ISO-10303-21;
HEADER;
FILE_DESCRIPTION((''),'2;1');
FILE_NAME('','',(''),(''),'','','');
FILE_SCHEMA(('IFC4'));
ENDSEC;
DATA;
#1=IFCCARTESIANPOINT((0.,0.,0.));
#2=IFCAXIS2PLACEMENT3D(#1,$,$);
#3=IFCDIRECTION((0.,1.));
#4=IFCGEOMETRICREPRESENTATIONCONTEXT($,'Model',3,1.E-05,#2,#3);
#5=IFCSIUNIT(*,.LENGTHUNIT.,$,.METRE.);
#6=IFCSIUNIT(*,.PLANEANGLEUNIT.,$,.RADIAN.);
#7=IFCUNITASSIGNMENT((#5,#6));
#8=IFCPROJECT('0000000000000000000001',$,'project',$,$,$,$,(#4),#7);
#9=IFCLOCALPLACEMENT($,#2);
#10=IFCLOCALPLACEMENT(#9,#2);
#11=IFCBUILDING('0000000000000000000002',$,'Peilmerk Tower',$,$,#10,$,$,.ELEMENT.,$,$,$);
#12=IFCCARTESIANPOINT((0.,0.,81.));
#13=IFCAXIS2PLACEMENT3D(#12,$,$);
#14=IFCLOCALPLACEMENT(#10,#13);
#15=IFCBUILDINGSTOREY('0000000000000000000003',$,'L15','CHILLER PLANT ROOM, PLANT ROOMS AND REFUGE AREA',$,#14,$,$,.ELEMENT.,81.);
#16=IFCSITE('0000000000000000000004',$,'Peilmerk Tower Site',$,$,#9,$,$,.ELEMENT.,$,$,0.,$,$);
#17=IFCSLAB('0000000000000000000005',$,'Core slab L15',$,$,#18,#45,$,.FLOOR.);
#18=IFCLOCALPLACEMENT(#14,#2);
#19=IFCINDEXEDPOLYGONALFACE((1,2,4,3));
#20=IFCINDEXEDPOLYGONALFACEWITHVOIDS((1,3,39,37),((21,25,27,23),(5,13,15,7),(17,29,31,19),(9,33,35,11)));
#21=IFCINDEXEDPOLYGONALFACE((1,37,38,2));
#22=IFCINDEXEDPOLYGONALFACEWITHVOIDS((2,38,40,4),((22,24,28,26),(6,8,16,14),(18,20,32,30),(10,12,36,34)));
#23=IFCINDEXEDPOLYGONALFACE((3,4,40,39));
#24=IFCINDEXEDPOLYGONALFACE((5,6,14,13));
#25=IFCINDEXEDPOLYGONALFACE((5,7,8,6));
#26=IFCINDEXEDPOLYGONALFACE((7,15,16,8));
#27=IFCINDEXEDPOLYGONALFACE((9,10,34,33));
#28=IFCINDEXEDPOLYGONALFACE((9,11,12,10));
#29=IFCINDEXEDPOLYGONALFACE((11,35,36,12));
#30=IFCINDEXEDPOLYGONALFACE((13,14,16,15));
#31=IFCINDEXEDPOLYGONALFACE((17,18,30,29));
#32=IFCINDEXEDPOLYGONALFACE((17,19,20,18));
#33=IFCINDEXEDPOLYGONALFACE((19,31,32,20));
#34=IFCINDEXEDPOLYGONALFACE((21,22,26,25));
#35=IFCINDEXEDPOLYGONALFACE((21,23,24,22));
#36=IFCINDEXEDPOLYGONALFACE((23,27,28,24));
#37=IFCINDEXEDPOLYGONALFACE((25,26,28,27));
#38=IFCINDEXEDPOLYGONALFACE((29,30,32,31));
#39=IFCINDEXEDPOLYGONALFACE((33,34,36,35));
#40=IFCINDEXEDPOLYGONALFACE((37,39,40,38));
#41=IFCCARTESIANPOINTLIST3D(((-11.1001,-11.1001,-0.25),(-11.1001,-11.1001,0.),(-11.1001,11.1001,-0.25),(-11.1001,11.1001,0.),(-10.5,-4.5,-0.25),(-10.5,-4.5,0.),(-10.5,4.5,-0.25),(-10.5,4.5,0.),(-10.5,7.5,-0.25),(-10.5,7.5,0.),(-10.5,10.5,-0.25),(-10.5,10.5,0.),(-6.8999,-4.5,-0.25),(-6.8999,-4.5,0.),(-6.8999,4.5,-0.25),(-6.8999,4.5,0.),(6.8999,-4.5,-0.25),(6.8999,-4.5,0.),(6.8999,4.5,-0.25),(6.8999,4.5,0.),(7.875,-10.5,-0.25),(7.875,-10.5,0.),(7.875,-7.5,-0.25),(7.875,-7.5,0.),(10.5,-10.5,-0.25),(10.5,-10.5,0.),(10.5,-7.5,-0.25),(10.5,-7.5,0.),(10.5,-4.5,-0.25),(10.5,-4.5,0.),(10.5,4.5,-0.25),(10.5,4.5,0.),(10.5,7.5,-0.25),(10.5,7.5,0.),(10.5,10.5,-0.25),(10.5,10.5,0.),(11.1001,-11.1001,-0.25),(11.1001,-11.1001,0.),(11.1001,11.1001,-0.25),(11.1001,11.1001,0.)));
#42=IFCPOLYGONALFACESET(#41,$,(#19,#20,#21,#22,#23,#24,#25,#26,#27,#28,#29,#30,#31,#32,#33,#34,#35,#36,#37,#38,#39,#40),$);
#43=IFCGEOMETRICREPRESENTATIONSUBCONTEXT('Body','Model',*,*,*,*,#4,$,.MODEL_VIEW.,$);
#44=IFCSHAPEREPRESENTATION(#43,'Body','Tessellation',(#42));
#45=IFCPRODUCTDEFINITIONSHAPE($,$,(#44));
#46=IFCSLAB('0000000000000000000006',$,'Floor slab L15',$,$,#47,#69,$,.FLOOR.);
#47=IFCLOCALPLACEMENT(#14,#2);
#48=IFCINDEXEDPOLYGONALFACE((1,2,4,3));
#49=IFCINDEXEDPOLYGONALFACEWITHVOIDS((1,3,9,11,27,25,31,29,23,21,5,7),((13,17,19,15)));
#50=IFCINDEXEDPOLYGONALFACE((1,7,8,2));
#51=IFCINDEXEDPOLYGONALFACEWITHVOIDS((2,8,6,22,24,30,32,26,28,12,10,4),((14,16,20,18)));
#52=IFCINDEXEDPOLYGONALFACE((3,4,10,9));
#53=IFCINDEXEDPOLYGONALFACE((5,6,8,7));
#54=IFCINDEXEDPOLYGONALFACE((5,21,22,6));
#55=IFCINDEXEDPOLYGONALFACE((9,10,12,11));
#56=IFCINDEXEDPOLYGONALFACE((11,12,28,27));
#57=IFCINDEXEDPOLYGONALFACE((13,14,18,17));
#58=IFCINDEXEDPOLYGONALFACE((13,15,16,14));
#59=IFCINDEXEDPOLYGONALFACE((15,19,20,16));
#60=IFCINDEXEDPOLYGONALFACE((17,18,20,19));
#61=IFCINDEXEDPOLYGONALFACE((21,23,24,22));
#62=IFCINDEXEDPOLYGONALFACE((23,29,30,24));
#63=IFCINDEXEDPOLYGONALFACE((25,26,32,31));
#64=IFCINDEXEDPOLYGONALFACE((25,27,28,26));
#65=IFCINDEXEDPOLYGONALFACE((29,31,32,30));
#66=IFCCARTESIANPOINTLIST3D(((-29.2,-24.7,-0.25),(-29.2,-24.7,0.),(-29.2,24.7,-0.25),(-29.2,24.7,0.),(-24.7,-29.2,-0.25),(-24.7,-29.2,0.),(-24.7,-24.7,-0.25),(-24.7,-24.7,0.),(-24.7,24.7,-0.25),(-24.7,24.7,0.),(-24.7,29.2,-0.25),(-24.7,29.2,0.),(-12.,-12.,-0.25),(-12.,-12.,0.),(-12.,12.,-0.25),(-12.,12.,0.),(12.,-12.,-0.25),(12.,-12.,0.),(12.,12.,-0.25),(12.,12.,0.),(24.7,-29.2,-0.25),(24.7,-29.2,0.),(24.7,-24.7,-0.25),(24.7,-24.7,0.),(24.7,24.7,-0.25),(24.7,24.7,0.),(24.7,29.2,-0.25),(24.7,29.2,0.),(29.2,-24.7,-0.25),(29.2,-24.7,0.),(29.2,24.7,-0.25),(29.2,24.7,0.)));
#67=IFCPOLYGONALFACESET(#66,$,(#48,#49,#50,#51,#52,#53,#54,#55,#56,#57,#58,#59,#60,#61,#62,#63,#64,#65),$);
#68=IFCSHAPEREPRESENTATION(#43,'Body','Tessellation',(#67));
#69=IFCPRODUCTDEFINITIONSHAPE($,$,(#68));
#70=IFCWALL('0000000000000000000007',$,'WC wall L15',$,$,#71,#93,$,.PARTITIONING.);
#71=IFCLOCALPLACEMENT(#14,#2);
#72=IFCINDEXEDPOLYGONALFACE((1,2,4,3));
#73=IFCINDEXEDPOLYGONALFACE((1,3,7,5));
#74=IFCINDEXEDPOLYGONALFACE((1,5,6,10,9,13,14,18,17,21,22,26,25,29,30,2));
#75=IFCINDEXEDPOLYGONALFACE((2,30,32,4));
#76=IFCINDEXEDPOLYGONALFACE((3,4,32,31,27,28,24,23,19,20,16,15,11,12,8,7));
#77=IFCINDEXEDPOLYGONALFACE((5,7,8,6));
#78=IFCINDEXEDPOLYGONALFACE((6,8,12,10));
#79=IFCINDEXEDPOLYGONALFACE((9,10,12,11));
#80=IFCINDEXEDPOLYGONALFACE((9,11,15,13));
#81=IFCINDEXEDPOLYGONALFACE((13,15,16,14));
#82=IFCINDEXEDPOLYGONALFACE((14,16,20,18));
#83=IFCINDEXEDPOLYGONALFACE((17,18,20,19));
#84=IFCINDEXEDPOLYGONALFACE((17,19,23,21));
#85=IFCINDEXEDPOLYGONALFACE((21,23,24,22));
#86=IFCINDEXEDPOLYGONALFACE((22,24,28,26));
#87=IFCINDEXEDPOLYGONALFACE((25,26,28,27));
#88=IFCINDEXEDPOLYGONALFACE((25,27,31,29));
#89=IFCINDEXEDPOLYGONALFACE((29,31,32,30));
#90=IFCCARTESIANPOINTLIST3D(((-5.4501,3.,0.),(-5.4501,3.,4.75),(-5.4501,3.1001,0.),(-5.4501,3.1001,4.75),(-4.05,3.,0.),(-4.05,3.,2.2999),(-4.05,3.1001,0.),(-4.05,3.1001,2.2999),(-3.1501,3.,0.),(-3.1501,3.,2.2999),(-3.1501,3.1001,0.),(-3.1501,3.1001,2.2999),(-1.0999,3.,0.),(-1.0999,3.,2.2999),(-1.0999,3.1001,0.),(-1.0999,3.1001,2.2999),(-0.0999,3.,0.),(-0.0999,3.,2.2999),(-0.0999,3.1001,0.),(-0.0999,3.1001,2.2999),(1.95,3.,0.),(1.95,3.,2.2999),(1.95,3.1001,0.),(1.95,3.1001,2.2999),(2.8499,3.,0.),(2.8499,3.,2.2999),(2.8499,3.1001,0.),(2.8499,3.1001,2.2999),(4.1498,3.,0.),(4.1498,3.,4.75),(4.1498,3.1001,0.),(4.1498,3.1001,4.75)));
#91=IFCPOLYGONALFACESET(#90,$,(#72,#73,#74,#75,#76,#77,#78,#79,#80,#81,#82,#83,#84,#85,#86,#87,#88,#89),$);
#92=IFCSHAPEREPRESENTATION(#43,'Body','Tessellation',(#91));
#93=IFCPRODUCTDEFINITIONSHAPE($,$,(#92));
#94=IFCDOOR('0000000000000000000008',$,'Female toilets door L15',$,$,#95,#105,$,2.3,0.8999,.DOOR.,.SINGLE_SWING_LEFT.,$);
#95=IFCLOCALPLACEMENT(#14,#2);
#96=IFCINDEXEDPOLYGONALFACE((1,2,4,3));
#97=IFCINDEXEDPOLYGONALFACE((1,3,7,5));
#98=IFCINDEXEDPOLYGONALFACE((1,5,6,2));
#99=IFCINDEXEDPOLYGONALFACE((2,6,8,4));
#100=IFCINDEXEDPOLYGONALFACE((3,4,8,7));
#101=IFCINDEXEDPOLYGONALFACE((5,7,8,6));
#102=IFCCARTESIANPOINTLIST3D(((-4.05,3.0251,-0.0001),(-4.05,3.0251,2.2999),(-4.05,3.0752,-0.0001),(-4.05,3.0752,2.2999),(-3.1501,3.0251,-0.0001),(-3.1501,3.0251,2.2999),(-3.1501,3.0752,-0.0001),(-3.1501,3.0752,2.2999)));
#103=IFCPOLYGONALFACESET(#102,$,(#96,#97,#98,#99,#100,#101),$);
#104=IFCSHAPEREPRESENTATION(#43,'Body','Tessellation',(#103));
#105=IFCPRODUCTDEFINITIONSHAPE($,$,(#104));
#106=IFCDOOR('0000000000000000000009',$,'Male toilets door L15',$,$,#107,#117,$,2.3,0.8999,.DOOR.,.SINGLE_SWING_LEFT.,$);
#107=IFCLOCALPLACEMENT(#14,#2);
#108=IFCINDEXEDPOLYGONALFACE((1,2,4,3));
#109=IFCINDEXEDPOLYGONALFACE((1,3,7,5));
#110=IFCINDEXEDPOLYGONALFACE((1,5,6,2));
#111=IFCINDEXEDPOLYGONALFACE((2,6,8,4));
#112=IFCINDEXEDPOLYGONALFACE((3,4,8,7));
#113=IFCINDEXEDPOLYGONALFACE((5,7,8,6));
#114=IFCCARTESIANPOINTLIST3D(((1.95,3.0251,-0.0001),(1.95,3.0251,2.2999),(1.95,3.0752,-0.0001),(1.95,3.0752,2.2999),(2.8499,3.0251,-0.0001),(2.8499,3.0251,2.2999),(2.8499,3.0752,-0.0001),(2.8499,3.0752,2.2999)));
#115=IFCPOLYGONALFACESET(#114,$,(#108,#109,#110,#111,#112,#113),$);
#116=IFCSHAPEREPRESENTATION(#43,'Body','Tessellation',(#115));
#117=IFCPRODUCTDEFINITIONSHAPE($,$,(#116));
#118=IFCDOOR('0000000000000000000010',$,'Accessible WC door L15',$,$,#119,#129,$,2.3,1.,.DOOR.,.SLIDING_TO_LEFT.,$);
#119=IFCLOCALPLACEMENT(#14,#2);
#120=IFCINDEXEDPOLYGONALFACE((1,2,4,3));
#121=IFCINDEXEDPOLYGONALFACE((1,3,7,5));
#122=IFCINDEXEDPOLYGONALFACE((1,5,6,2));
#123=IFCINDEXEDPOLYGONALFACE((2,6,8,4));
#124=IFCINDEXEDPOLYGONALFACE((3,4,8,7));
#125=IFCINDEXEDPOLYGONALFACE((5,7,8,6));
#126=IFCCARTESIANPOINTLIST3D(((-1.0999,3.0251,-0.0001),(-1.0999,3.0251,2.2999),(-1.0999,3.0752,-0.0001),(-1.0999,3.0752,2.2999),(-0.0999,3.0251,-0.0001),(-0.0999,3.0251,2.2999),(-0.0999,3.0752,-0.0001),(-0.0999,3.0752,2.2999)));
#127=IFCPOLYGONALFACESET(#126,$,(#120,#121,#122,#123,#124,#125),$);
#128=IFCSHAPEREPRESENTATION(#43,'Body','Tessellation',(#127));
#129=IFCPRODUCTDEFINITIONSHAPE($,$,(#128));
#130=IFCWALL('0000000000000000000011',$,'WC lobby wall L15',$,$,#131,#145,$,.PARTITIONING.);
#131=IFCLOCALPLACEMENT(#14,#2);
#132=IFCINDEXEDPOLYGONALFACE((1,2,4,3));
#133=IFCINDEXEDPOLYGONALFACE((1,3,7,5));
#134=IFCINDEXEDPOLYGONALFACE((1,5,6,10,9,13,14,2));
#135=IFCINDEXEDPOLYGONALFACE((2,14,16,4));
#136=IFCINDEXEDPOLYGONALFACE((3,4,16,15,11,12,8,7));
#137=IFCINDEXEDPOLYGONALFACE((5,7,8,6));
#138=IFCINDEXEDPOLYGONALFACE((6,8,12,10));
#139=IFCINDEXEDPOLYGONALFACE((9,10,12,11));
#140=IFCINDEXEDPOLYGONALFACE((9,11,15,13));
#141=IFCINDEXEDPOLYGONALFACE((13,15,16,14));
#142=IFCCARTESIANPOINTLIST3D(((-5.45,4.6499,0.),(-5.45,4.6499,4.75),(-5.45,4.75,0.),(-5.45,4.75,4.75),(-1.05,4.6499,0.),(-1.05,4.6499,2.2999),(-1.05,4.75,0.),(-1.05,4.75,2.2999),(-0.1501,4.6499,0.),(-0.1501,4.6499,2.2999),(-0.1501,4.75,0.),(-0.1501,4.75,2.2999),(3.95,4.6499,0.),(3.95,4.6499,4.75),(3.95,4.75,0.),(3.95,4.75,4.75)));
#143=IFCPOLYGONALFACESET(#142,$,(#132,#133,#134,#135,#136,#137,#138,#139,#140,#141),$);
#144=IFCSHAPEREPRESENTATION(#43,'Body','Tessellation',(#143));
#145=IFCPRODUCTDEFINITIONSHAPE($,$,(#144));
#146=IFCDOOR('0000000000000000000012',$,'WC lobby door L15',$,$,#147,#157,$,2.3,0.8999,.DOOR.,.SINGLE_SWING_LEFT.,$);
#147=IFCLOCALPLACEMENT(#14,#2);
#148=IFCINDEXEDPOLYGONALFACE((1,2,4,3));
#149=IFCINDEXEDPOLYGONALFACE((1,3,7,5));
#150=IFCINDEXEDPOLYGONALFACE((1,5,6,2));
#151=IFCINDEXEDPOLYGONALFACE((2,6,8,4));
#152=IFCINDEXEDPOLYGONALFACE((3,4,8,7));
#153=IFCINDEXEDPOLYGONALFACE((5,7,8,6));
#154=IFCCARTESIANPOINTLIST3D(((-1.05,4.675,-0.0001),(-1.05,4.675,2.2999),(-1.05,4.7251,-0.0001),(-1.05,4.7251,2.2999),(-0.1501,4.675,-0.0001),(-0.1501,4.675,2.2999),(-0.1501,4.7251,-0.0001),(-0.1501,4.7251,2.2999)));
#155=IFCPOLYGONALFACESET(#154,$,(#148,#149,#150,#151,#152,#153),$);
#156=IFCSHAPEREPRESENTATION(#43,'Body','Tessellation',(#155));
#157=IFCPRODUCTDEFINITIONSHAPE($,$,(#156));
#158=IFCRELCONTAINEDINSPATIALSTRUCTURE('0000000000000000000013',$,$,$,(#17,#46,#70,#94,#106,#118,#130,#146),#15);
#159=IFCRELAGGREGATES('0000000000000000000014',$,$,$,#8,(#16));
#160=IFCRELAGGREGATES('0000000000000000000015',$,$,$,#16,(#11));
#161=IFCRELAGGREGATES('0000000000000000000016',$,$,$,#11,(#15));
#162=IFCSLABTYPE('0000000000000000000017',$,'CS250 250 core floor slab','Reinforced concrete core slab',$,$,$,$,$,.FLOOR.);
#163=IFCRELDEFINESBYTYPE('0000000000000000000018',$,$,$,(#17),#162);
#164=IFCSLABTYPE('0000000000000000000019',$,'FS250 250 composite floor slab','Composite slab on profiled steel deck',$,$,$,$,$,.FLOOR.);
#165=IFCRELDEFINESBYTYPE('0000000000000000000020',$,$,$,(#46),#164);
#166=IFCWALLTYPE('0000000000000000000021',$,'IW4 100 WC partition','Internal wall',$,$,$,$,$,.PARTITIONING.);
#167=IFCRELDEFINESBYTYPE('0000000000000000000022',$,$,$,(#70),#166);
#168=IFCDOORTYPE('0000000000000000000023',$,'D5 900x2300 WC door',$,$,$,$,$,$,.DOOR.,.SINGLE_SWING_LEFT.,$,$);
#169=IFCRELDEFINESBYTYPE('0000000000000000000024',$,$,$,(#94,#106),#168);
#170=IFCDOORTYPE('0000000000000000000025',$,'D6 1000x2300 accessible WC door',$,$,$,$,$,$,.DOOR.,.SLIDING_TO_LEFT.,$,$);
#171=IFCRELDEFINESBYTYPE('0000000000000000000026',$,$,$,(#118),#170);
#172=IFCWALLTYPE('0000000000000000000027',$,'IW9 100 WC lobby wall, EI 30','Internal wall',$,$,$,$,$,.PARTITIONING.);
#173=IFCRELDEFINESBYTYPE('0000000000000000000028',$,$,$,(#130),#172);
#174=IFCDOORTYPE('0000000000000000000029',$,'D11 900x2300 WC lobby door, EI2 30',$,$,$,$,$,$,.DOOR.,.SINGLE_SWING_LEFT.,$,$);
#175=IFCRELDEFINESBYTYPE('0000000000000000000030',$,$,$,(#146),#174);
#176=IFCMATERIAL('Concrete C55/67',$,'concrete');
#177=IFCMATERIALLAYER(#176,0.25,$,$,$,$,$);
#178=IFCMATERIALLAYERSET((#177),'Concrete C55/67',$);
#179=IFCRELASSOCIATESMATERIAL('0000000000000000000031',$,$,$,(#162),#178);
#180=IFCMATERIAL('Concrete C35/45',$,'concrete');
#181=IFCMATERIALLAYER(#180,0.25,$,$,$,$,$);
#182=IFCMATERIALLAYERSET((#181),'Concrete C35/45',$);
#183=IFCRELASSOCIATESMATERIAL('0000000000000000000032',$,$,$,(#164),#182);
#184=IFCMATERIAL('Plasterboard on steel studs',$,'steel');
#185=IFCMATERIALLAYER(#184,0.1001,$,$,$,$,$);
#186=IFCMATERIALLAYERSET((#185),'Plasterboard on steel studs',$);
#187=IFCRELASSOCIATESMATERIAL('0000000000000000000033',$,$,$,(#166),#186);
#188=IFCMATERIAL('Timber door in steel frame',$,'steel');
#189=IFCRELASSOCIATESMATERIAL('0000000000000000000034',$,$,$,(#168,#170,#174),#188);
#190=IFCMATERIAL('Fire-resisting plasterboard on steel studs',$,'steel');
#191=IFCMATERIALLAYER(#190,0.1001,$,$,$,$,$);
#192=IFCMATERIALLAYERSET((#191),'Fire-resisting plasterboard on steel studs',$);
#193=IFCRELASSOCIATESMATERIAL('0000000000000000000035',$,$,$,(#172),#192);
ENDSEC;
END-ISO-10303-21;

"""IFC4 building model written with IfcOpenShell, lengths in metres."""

from ifc_helpers import new_model, si_unit, direction, frame, frame_2d, origin, place, context, subcontext, project, spatial, polyline, rectangle, outline, extrude, material, layer, layer_set, type_object, element, fill, save


model = new_model("IFC4")

# Units and contexts
model_context = context("Model", 3, precision=1e-05, world=origin(), true_north=direction((0.0, 1.0)))
body_context = subcontext(model_context, "Body", "Model", "MODEL_VIEW")
ifc_project = project(units=[si_unit("LENGTHUNIT", "METRE"), si_unit("PLANEANGLEUNIT", "RADIAN")], contexts=[model_context])

# Site, building, storey
site_placement = place(None, origin())
site = spatial("IfcSite", under=ifc_project, at=site_placement, Name="Peilmerk Tower Site", CompositionType="ELEMENT", RefElevation=0.0)
building_placement = place(site_placement, origin())
building = spatial("IfcBuilding", under=site, at=building_placement, Name="Peilmerk Tower", CompositionType="ELEMENT")
storey_placement = place(building_placement, frame((0.0, 0.0, 81.0)))
storey = spatial("IfcBuildingStorey", under=building, at=storey_placement, Name="L15", Description="CHILLER PLANT ROOM, PLANT ROOMS AND REFUGE AREA", CompositionType="ELEMENT", Elevation=81.0)

# Slabs
ifc_material_1 = material(Name="Concrete C55/67", Category="concrete")
ifc_layer_1 = layer(ifc_material_1, 0.25)
ifc_layer_set_1 = layer_set([ifc_layer_1], Name="Concrete C55/67")
slab_type_1 = type_object("IfcSlabType", Name="CS250 250 core floor slab", Description="Reinforced concrete core slab", PredefinedType="FLOOR", material=ifc_layer_set_1)
slab_1_placement = place(storey_placement, frame((0.0, 0.0, -0.25)))
element("IfcSlab", 1, at=slab_1_placement, inside=storey, type_object=slab_type_1, Name="Core slab L15", PredefinedType="FLOOR", context=body_context, shape_type="SweptSolid", body=[
    extrude(outline(polyline([(-11.1001, 11.1001), (-11.1001, -11.1001), (11.1001, -11.1001), (11.1001, 11.1001), (-11.1001, 11.1001)]), holes=[polyline([(10.5, 7.5), (-10.5, 7.5), (-10.5, 10.5), (10.5, 10.5), (10.5, 7.5)]), polyline([(7.875, -10.5), (7.875, -7.5), (10.5, -7.5), (10.5, -10.5), (7.875, -10.5)]), polyline([(-10.5, 4.5), (-6.8999, 4.5), (-6.8999, -4.5), (-10.5, -4.5), (-10.5, 4.5)]), polyline([(10.5, 4.5), (10.5, -4.5), (6.8999, -4.5), (6.8999, 4.5), (10.5, 4.5)])]), origin(), (0.0, 0.0, 1.0), 0.25),
])
ifc_material_2 = material(Name="Concrete C35/45", Category="concrete")
ifc_layer_2 = layer(ifc_material_2, 0.25)
ifc_layer_set_2 = layer_set([ifc_layer_2], Name="Concrete C35/45")
slab_type_2 = type_object("IfcSlabType", Name="FS250 250 composite floor slab", Description="Composite slab on profiled steel deck", PredefinedType="FLOOR", material=ifc_layer_set_2)
slab_2_placement = place(storey_placement, frame((0.0, 0.0, -0.25)))
element("IfcSlab", 2, at=slab_2_placement, inside=storey, type_object=slab_type_2, Name="Floor slab L15", PredefinedType="FLOOR", context=body_context, shape_type="SweptSolid", body=[
    extrude(outline(polyline([(-24.7, -29.2), (24.7, -29.2), (24.7, -24.7), (29.2, -24.7), (29.2, 24.7), (24.7, 24.7), (24.7, 29.2), (-24.7, 29.2), (-24.7, 24.7), (-29.2, 24.7), (-29.2, -24.7), (-24.7, -24.7), (-24.7, -29.2)]), holes=[polyline([(12.0, 12.0), (12.0, -12.0), (-12.0, -12.0), (-12.0, 12.0), (12.0, 12.0)])]), origin(), (0.0, 0.0, 1.0), 0.25),
])

# Wall, openings, doors
ifc_material_3 = material(Name="Plasterboard on steel studs", Category="steel")
ifc_layer_3 = layer(ifc_material_3, 0.1001)
ifc_layer_set_3 = layer_set([ifc_layer_3], Name="Plasterboard on steel studs")
wall_type_1 = type_object("IfcWallType", Name="IW4 100 WC partition", Description="Internal wall", PredefinedType="PARTITIONING", material=ifc_layer_set_3)
wall_1_placement = place(storey_placement, frame((-5.45, 3.05, 0.0), z_axis=(0.0, 0.0, 1.0), x_axis=(1.0, 0.0, 0.0)))
wall_1 = element("IfcWall", 3, at=wall_1_placement, inside=storey, type_object=wall_type_1, Name="WC wall L15", PredefinedType="PARTITIONING", context=body_context, shape_type="SweptSolid", body=[
    extrude(rectangle(XDim=9.5999, YDim=0.1001, at=frame_2d((4.7998, 0.0))), origin(), (0.0, 0.0, 1.0), 4.75),
])
opening_1_placement = place(wall_1_placement, frame((1.3999, 0.0, 0.0)))
opening_1 = element("IfcOpeningElement", 4, at=opening_1_placement, cuts=wall_1, PredefinedType="OPENING", context=body_context, shape_type="SweptSolid", body=[
    extrude(rectangle(XDim=0.8999, YDim=2.3, at=frame_2d((0.45, 1.1499))), frame((0.0, 0.0601, 0.0), z_axis=(0.0, -1.0, 0.0), x_axis=(1.0, 0.0, 0.0)), (0.0, 0.0, 1.0), 0.1201),
])
opening_2_placement = place(wall_1_placement, frame((4.3501, 0.0, 0.0)))
opening_2 = element("IfcOpeningElement", 5, at=opening_2_placement, cuts=wall_1, PredefinedType="OPENING", context=body_context, shape_type="SweptSolid", body=[
    extrude(rectangle(XDim=1.0, YDim=2.3, at=frame_2d((0.5, 1.1499))), frame((0.0, 0.0601, 0.0), z_axis=(0.0, -1.0, 0.0), x_axis=(1.0, 0.0, 0.0)), (0.0, 0.0, 1.0), 0.1201),
])
opening_3_placement = place(wall_1_placement, frame((7.3999, 0.0, 0.0)))
opening_3 = element("IfcOpeningElement", 6, at=opening_3_placement, cuts=wall_1, PredefinedType="OPENING", context=body_context, shape_type="SweptSolid", body=[
    extrude(rectangle(XDim=0.8999, YDim=2.3, at=frame_2d((0.45, 1.1499))), frame((0.0, 0.0601, 0.0), z_axis=(0.0, -1.0, 0.0), x_axis=(1.0, 0.0, 0.0)), (0.0, 0.0, 1.0), 0.1201),
])
ifc_material_4 = material(Name="Timber door in steel frame", Category="steel")
door_type_1 = type_object("IfcDoorType", Name="D5 900x2300 WC door", OperationType="SINGLE_SWING_LEFT", PredefinedType="DOOR", material=ifc_material_4)
door_1_placement = place(opening_1_placement, frame((0.8999, 0.0, 0.0), z_axis=(0.0, 0.0, 1.0), x_axis=(-1.0, 0.0, 0.0)))
door_1 = element("IfcDoor", 7, at=door_1_placement, inside=storey, type_object=door_type_1, Name="Female toilets door L15", OperationType="SINGLE_SWING_LEFT", OverallHeight=2.3, OverallWidth=0.8999, PredefinedType="DOOR", context=body_context, shape_type="SweptSolid", body=[
    extrude(rectangle(XDim=0.8999, YDim=2.3, at=frame_2d((0.45, 1.1499))), frame((0.0, 0.0249, 0.0), z_axis=(0.0, -1.0, 0.0), x_axis=(1.0, 0.0, 0.0)), (0.0, 0.0, 1.0), 0.05),
])
fill(opening_1, door_1)
door_2_placement = place(opening_3_placement, frame((0.8999, 0.0, 0.0), z_axis=(0.0, 0.0, 1.0), x_axis=(-1.0, 0.0, 0.0)))
door_2 = element("IfcDoor", 8, at=door_2_placement, inside=storey, type_object=door_type_1, Name="Male toilets door L15", OperationType="SINGLE_SWING_LEFT", OverallHeight=2.3, OverallWidth=0.8999, PredefinedType="DOOR", context=body_context, shape_type="SweptSolid", body=[
    extrude(rectangle(XDim=0.8999, YDim=2.3, at=frame_2d((0.45, 1.1499))), frame((0.0, 0.0249, 0.0), z_axis=(0.0, -1.0, 0.0), x_axis=(1.0, 0.0, 0.0)), (0.0, 0.0, 1.0), 0.05),
])
fill(opening_3, door_2)
door_type_2 = type_object("IfcDoorType", Name="D6 1000x2300 accessible WC door", OperationType="SLIDING_TO_LEFT", PredefinedType="DOOR", material=ifc_material_4)
door_3_placement = place(opening_2_placement, frame((1.0, 0.0, 0.0), z_axis=(0.0, 0.0, 1.0), x_axis=(-1.0, 0.0, 0.0)))
door_3 = element("IfcDoor", 9, at=door_3_placement, inside=storey, type_object=door_type_2, Name="Accessible WC door L15", OperationType="SLIDING_TO_LEFT", OverallHeight=2.3, OverallWidth=1.0, PredefinedType="DOOR", context=body_context, shape_type="SweptSolid", body=[
    extrude(rectangle(XDim=1.0, YDim=2.3, at=frame_2d((0.5, 1.1499))), frame((0.0, 0.0249, 0.0), z_axis=(0.0, -1.0, 0.0), x_axis=(1.0, 0.0, 0.0)), (0.0, 0.0, 1.0), 0.05),
])
fill(opening_2, door_3)

# Wall, opening, door
ifc_material_5 = material(Name="Fire-resisting plasterboard on steel studs", Category="steel")
ifc_layer_4 = layer(ifc_material_5, 0.1001)
ifc_layer_set_4 = layer_set([ifc_layer_4], Name="Fire-resisting plasterboard on steel studs")
wall_type_2 = type_object("IfcWallType", Name="IW9 100 WC lobby wall, EI 30", Description="Internal wall", PredefinedType="PARTITIONING", material=ifc_layer_set_4)
wall_2_placement = place(storey_placement, frame((-5.45, 4.7, 0.0), z_axis=(0.0, 0.0, 1.0), x_axis=(1.0, 0.0, 0.0)))
wall_2 = element("IfcWall", 10, at=wall_2_placement, inside=storey, type_object=wall_type_2, Name="WC lobby wall L15", PredefinedType="PARTITIONING", context=body_context, shape_type="SweptSolid", body=[
    extrude(rectangle(XDim=9.3999, YDim=0.1001, at=frame_2d((4.7, 0.0))), origin(), (0.0, 0.0, 1.0), 4.75),
])
opening_4_placement = place(wall_2_placement, frame((4.3999, 0.0, 0.0)))
opening_4 = element("IfcOpeningElement", 11, at=opening_4_placement, cuts=wall_2, PredefinedType="OPENING", context=body_context, shape_type="SweptSolid", body=[
    extrude(rectangle(XDim=0.8999, YDim=2.3, at=frame_2d((0.45, 1.1499))), frame((0.0, 0.0601, 0.0), z_axis=(0.0, -1.0, 0.0), x_axis=(1.0, 0.0, 0.0)), (0.0, 0.0, 1.0), 0.1201),
])
door_type_3 = type_object("IfcDoorType", Name="D11 900x2300 WC lobby door, EI2 30", OperationType="SINGLE_SWING_LEFT", PredefinedType="DOOR", material=ifc_material_4)
door_4_placement = place(opening_4_placement, frame((0.8999, 0.0, 0.0), z_axis=(0.0, 0.0, 1.0), x_axis=(-1.0, 0.0, 0.0)))
door_4 = element("IfcDoor", 12, at=door_4_placement, inside=storey, type_object=door_type_3, Name="WC lobby door L15", OperationType="SINGLE_SWING_LEFT", OverallHeight=2.3, OverallWidth=0.8999, PredefinedType="DOOR", context=body_context, shape_type="SweptSolid", body=[
    extrude(rectangle(XDim=0.8999, YDim=2.3, at=frame_2d((0.45, 1.1499))), frame((0.0, 0.0249, 0.0), z_axis=(0.0, -1.0, 0.0), x_axis=(1.0, 0.0, 0.0)), (0.0, 0.0, 1.0), 0.05),
])
fill(opening_4, door_4)

save(model, "model.ifc")
